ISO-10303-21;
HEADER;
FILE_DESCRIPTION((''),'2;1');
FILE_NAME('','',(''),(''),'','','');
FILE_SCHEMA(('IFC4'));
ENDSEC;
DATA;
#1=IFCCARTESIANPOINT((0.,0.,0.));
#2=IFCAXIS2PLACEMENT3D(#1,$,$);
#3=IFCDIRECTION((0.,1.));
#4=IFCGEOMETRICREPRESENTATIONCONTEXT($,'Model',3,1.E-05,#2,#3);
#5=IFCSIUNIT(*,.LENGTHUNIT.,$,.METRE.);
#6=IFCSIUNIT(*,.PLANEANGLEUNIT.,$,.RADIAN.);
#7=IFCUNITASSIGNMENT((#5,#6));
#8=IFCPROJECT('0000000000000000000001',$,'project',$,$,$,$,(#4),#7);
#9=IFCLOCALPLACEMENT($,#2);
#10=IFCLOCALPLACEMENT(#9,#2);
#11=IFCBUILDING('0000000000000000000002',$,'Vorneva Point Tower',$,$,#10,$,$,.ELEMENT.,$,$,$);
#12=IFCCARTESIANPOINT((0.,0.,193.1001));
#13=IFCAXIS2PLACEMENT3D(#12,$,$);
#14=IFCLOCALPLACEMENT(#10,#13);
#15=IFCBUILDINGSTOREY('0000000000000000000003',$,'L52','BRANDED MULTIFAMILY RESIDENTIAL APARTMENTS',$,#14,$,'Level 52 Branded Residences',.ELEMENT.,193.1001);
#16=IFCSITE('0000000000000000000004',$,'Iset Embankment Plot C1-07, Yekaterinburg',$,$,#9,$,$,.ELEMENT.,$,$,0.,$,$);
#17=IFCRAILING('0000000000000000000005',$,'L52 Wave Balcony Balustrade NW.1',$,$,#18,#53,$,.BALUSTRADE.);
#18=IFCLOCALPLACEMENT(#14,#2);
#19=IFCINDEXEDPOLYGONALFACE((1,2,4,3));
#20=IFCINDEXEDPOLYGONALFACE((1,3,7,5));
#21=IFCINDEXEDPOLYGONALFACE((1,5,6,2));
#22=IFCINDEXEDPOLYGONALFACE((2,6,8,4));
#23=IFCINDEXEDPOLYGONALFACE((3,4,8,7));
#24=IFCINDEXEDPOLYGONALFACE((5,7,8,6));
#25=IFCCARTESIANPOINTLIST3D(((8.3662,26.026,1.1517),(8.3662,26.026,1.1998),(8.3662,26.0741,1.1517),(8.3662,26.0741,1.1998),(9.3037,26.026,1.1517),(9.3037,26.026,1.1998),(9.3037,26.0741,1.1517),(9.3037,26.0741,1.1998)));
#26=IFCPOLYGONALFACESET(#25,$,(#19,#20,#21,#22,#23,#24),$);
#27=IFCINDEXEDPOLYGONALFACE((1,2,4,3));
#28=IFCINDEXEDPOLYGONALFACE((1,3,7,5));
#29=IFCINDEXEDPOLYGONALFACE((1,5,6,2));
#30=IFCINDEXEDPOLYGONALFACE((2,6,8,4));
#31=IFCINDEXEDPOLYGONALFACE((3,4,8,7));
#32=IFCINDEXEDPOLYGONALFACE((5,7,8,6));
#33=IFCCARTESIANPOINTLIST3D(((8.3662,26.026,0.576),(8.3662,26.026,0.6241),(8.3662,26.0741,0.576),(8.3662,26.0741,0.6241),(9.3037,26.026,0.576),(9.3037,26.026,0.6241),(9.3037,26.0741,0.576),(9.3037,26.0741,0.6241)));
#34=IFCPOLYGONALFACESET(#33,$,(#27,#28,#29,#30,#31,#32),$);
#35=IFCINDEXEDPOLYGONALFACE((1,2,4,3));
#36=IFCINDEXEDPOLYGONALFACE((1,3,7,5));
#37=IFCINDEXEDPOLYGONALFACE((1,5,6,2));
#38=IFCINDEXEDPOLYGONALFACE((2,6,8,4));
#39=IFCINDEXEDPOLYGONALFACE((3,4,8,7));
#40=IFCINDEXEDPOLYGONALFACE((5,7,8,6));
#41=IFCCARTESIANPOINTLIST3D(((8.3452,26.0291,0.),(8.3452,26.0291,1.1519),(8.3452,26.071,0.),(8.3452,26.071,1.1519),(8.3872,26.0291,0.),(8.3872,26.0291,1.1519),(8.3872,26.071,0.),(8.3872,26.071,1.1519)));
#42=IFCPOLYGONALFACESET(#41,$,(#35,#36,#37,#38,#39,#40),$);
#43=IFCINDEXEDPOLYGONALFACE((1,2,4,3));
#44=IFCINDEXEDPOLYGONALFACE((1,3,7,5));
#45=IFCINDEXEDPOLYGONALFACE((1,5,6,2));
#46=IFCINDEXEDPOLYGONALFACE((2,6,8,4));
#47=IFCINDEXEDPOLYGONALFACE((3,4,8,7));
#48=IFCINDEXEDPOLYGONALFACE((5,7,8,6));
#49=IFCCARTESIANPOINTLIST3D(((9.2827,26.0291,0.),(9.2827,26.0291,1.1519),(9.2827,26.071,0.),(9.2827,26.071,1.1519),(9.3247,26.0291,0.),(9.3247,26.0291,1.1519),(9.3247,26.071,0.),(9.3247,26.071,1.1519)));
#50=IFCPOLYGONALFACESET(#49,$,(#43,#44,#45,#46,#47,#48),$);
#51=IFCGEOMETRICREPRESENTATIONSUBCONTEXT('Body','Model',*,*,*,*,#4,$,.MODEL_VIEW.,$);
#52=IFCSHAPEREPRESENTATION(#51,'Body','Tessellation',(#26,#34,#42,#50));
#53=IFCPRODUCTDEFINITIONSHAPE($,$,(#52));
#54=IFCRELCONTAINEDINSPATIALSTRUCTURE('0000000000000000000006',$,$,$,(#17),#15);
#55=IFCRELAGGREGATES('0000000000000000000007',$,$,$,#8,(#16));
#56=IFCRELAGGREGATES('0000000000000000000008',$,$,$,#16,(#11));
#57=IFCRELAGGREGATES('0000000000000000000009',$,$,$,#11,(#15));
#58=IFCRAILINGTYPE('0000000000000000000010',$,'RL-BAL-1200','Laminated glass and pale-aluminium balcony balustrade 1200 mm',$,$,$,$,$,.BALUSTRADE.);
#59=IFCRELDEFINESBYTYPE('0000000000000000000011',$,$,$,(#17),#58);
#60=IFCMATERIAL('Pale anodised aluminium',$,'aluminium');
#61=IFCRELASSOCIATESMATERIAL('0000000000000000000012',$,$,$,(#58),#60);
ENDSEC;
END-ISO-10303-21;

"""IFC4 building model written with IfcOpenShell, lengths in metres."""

from ifc_helpers import new_model, si_unit, direction, frame, origin, origin_2d, place, context, subcontext, project, spatial, rectangle, extrude, material, type_object, element, save


model = new_model("IFC4")

# Units and contexts
model_context = context("Model", 3, precision=1e-05, world=origin(), true_north=direction((0.0, 1.0)))
body_context = subcontext(model_context, "Body", "Model", "MODEL_VIEW")
ifc_project = project(units=[si_unit("LENGTHUNIT", "METRE"), si_unit("PLANEANGLEUNIT", "RADIAN")], contexts=[model_context])

# Site, building, storey
site_placement = place(None, origin())
site = spatial("IfcSite", under=ifc_project, at=site_placement, Name="Iset Embankment Plot C1-07, Yekaterinburg", CompositionType="ELEMENT", RefElevation=0.0)
building_placement = place(site_placement, origin())
building = spatial("IfcBuilding", under=site, at=building_placement, Name="Vorneva Point Tower", CompositionType="ELEMENT")
storey_placement = place(building_placement, frame((0.0, 0.0, 193.1001)))
storey = spatial("IfcBuildingStorey", under=building, at=storey_placement, Name="L52", Description="BRANDED MULTIFAMILY RESIDENTIAL APARTMENTS", LongName="Level 52 Branded Residences", CompositionType="ELEMENT", Elevation=193.1001)

# Shared definitions
ifc_material_1 = material(Name="Pale anodised aluminium", Category="aluminium")

# Railing
railing_type = type_object("IfcRailingType", Name="RL-BAL-1200", Description="Laminated glass and pale-aluminium balcony balustrade 1200 mm", PredefinedType="BALUSTRADE", material=ifc_material_1)
railing_placement = place(storey_placement, frame((8.3662, 26.05, 0.0)))
element("IfcRailing", 1, at=railing_placement, inside=storey, type_object=railing_type, Name="L52 Wave Balcony Balustrade NW.1", PredefinedType="BALUSTRADE", context=body_context, shape_type="SweptSolid", body=[
    extrude(rectangle(XDim=0.0481, YDim=0.0481, at=origin_2d()), frame((0.0, 0.0, 1.1758), z_axis=(1.0, 0.0, 0.0), x_axis=(0.0, 1.0, 0.0)), (0.0, 0.0, 1.0), 0.9375),
    extrude(rectangle(XDim=0.0481, YDim=0.0481, at=origin_2d()), frame((0.0, 0.0, 0.6001), z_axis=(1.0, 0.0, 0.0), x_axis=(0.0, 1.0, 0.0)), (0.0, 0.0, 1.0), 0.9375),
    extrude(rectangle(XDim=0.042, YDim=0.042, at=origin_2d()), origin(), (0.0, 0.0, 1.0), 1.1519),
    extrude(rectangle(XDim=0.042, YDim=0.042, at=origin_2d()), frame((0.9375, 0.0, 0.0)), (0.0, 0.0, 1.0), 1.1519),
])

save(model, "model.ifc")
